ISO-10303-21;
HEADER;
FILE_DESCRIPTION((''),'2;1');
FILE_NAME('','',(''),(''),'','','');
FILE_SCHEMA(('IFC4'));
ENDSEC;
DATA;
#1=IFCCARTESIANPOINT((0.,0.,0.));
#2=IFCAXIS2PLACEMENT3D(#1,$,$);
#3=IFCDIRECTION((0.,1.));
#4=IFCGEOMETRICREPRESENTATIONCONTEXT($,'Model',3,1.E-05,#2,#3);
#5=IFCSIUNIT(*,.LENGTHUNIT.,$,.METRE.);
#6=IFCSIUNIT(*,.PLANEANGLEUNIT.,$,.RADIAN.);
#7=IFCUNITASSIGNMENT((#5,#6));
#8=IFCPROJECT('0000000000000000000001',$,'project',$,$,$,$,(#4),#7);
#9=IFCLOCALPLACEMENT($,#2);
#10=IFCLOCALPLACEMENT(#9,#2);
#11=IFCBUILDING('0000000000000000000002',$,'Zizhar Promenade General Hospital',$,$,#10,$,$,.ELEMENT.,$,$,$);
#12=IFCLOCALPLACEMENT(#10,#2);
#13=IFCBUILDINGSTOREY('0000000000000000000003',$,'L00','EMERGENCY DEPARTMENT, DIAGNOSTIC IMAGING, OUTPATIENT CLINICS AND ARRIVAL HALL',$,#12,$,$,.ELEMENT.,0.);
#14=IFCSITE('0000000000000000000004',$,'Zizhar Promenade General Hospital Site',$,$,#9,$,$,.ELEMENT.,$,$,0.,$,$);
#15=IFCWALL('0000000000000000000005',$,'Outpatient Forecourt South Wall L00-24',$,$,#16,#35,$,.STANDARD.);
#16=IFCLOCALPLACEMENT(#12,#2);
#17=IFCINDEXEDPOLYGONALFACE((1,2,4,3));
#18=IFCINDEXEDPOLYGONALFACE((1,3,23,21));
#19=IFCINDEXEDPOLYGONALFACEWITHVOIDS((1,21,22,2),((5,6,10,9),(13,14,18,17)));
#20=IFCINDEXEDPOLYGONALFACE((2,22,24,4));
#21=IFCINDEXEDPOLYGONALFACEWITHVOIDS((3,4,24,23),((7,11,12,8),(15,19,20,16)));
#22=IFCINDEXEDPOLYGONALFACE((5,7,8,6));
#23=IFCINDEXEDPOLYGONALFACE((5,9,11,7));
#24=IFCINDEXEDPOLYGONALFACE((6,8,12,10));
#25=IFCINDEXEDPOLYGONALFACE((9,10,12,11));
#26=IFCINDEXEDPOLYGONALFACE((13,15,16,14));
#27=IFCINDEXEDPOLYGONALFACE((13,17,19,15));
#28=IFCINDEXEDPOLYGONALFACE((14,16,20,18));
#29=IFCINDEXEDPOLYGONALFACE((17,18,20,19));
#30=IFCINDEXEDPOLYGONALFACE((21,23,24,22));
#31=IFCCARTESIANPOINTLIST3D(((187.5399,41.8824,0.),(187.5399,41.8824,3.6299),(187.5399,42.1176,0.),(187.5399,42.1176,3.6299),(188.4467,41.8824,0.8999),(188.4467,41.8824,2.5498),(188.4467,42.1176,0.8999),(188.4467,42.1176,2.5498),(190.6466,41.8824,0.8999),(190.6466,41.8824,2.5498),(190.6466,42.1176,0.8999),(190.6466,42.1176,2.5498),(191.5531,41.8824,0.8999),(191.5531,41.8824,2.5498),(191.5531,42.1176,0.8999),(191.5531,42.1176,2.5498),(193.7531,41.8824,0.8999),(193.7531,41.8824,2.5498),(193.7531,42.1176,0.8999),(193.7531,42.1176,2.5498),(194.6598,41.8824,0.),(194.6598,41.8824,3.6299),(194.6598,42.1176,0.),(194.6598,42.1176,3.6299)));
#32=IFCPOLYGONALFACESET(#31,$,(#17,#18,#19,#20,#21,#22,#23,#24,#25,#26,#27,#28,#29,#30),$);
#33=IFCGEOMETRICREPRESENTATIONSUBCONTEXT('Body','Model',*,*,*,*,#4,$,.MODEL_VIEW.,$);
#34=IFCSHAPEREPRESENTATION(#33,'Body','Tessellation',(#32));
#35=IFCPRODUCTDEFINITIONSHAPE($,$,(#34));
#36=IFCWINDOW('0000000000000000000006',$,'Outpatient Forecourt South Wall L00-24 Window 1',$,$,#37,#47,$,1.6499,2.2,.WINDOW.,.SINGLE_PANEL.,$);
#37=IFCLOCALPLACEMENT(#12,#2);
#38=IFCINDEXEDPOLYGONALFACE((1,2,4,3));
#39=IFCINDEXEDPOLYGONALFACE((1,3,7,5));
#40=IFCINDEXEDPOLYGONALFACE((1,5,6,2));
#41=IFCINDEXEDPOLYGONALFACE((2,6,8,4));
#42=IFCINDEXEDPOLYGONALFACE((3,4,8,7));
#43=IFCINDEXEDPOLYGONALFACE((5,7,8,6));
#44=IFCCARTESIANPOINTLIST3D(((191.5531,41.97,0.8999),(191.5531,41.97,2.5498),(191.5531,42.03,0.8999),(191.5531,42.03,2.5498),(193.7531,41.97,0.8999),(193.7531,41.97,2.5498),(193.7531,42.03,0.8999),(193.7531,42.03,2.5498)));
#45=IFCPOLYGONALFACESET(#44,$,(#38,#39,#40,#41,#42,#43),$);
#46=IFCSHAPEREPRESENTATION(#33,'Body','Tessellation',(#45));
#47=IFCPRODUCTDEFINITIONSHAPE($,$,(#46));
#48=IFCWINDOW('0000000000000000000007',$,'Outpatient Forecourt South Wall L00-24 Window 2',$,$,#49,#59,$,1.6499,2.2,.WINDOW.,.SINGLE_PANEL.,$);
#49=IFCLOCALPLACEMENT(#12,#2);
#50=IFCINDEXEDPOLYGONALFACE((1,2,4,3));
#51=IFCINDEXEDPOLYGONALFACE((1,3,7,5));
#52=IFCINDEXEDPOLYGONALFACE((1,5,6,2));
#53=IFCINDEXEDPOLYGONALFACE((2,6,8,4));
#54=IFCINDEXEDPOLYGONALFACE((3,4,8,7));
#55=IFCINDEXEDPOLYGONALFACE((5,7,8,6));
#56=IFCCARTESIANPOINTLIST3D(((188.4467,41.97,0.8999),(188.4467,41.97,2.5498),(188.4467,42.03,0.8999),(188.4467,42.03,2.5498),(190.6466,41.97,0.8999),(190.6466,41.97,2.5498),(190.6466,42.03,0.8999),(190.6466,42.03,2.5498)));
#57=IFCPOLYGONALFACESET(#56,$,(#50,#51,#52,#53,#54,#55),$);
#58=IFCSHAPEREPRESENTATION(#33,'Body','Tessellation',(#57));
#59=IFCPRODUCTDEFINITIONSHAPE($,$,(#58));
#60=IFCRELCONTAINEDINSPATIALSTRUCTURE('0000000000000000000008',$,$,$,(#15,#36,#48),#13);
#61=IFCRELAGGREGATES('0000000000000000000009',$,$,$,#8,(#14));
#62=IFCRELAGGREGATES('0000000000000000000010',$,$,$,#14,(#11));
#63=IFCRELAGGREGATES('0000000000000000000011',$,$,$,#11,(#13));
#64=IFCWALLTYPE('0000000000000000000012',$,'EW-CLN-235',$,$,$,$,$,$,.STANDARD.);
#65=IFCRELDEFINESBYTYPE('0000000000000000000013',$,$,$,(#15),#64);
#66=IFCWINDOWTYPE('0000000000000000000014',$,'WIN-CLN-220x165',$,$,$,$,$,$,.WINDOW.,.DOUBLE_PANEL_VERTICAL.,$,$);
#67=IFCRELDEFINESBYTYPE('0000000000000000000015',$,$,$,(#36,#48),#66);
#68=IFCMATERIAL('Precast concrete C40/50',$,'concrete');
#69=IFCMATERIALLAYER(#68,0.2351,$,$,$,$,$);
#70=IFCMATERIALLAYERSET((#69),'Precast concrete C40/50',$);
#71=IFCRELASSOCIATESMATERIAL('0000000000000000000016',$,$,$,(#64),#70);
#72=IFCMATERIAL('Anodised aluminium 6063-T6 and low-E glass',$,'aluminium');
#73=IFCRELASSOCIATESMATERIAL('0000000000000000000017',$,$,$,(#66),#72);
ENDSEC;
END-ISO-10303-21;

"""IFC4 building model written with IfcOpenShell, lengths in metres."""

from ifc_helpers import new_model, si_unit, direction, frame, frame_2d, origin, place, context, subcontext, project, spatial, rectangle, extrude, material, layer, layer_set, type_object, element, fill, save


model = new_model("IFC4")

# Units and contexts
model_context = context("Model", 3, precision=1e-05, world=origin(), true_north=direction((0.0, 1.0)))
body_context = subcontext(model_context, "Body", "Model", "MODEL_VIEW")
ifc_project = project(units=[si_unit("LENGTHUNIT", "METRE"), si_unit("PLANEANGLEUNIT", "RADIAN")], contexts=[model_context])

# Site, building, storey
site_placement = place(None, origin())
site = spatial("IfcSite", under=ifc_project, at=site_placement, Name="Zizhar Promenade General Hospital Site", CompositionType="ELEMENT", RefElevation=0.0)
building_placement = place(site_placement, origin())
building = spatial("IfcBuilding", under=site, at=building_placement, Name="Zizhar Promenade General Hospital", CompositionType="ELEMENT")
storey_placement = place(building_placement, origin())
storey = spatial("IfcBuildingStorey", under=building, at=storey_placement, Name="L00", Description="EMERGENCY DEPARTMENT, DIAGNOSTIC IMAGING, OUTPATIENT CLINICS AND ARRIVAL HALL", CompositionType="ELEMENT", Elevation=0.0)

# Shared definitions
ifc_material_1 = material(Name="Precast concrete C40/50", Category="concrete")
ifc_layer_1 = layer(ifc_material_1, 0.2351)
ifc_layer_set_1 = layer_set([ifc_layer_1], Name="Precast concrete C40/50")
wall_type = type_object("IfcWallType", Name="EW-CLN-235", PredefinedType="STANDARD", material=ifc_layer_set_1)

# Wall, openings, windows
wall_1_placement = place(storey_placement, frame((194.6599, 42.0, 0.0), z_axis=(0.0, 0.0, 1.0), x_axis=(-1.0, 0.0, 0.0)))
wall_1 = element("IfcWall", 1, at=wall_1_placement, inside=storey, type_object=wall_type, Name="Outpatient Forecourt South Wall L00-24", PredefinedType="STANDARD", context=body_context, shape_type="SweptSolid", body=[
    extrude(rectangle(XDim=7.1199, YDim=0.2351, at=frame_2d((3.5601, 0.0))), origin(), (0.0, 0.0, 1.0), 3.6299),
])
opening_1_placement = place(wall_1_placement, frame((0.9067, 0.0, 0.8999)))
opening_1 = element("IfcOpeningElement", 2, at=opening_1_placement, cuts=wall_1, PredefinedType="OPENING", context=body_context, shape_type="SweptSolid", body=[
    extrude(rectangle(XDim=2.2, YDim=1.6499, at=frame_2d((1.1001, 0.825))), frame((0.0, 0.1274, 0.0), z_axis=(0.0, -1.0, 0.0), x_axis=(1.0, 0.0, 0.0)), (0.0, 0.0, 1.0), 0.2551),
])
opening_2_placement = place(wall_1_placement, frame((4.0132, 0.0, 0.8999)))
opening_2 = element("IfcOpeningElement", 3, at=opening_2_placement, cuts=wall_1, PredefinedType="OPENING", context=body_context, shape_type="SweptSolid", body=[
    extrude(rectangle(XDim=2.2, YDim=1.6499, at=frame_2d((1.1001, 0.825))), frame((0.0, 0.1274, 0.0), z_axis=(0.0, -1.0, 0.0), x_axis=(1.0, 0.0, 0.0)), (0.0, 0.0, 1.0), 0.2551),
])
ifc_material_2 = material(Name="Anodised aluminium 6063-T6 and low-E glass", Category="aluminium")
window_type = type_object("IfcWindowType", Name="WIN-CLN-220x165", PartitioningType="DOUBLE_PANEL_VERTICAL", PredefinedType="WINDOW", material=ifc_material_2)
window_1_placement = place(opening_1_placement, origin())
window_1 = element("IfcWindow", 4, at=window_1_placement, inside=storey, type_object=window_type, Name="Outpatient Forecourt South Wall L00-24 Window 1", OverallHeight=1.6499, OverallWidth=2.2, PartitioningType="SINGLE_PANEL", PredefinedType="WINDOW", context=body_context, shape_type="SweptSolid", body=[
    extrude(rectangle(XDim=2.2, YDim=1.6499, at=frame_2d((1.1001, 0.825))), frame((0.0, 0.03, 0.0), z_axis=(0.0, -1.0, 0.0), x_axis=(1.0, 0.0, 0.0)), (0.0, 0.0, 1.0), 0.0601),
])
fill(opening_1, window_1)
window_2_placement = place(opening_2_placement, origin())
window_2 = element("IfcWindow", 5, at=window_2_placement, inside=storey, type_object=window_type, Name="Outpatient Forecourt South Wall L00-24 Window 2", OverallHeight=1.6499, OverallWidth=2.2, PartitioningType="SINGLE_PANEL", PredefinedType="WINDOW", context=body_context, shape_type="SweptSolid", body=[
    extrude(rectangle(XDim=2.2, YDim=1.6499, at=frame_2d((1.1001, 0.825))), frame((0.0, 0.03, 0.0), z_axis=(0.0, -1.0, 0.0), x_axis=(1.0, 0.0, 0.0)), (0.0, 0.0, 1.0), 0.0601),
])
fill(opening_2, window_2)

save(model, "model.ifc")
